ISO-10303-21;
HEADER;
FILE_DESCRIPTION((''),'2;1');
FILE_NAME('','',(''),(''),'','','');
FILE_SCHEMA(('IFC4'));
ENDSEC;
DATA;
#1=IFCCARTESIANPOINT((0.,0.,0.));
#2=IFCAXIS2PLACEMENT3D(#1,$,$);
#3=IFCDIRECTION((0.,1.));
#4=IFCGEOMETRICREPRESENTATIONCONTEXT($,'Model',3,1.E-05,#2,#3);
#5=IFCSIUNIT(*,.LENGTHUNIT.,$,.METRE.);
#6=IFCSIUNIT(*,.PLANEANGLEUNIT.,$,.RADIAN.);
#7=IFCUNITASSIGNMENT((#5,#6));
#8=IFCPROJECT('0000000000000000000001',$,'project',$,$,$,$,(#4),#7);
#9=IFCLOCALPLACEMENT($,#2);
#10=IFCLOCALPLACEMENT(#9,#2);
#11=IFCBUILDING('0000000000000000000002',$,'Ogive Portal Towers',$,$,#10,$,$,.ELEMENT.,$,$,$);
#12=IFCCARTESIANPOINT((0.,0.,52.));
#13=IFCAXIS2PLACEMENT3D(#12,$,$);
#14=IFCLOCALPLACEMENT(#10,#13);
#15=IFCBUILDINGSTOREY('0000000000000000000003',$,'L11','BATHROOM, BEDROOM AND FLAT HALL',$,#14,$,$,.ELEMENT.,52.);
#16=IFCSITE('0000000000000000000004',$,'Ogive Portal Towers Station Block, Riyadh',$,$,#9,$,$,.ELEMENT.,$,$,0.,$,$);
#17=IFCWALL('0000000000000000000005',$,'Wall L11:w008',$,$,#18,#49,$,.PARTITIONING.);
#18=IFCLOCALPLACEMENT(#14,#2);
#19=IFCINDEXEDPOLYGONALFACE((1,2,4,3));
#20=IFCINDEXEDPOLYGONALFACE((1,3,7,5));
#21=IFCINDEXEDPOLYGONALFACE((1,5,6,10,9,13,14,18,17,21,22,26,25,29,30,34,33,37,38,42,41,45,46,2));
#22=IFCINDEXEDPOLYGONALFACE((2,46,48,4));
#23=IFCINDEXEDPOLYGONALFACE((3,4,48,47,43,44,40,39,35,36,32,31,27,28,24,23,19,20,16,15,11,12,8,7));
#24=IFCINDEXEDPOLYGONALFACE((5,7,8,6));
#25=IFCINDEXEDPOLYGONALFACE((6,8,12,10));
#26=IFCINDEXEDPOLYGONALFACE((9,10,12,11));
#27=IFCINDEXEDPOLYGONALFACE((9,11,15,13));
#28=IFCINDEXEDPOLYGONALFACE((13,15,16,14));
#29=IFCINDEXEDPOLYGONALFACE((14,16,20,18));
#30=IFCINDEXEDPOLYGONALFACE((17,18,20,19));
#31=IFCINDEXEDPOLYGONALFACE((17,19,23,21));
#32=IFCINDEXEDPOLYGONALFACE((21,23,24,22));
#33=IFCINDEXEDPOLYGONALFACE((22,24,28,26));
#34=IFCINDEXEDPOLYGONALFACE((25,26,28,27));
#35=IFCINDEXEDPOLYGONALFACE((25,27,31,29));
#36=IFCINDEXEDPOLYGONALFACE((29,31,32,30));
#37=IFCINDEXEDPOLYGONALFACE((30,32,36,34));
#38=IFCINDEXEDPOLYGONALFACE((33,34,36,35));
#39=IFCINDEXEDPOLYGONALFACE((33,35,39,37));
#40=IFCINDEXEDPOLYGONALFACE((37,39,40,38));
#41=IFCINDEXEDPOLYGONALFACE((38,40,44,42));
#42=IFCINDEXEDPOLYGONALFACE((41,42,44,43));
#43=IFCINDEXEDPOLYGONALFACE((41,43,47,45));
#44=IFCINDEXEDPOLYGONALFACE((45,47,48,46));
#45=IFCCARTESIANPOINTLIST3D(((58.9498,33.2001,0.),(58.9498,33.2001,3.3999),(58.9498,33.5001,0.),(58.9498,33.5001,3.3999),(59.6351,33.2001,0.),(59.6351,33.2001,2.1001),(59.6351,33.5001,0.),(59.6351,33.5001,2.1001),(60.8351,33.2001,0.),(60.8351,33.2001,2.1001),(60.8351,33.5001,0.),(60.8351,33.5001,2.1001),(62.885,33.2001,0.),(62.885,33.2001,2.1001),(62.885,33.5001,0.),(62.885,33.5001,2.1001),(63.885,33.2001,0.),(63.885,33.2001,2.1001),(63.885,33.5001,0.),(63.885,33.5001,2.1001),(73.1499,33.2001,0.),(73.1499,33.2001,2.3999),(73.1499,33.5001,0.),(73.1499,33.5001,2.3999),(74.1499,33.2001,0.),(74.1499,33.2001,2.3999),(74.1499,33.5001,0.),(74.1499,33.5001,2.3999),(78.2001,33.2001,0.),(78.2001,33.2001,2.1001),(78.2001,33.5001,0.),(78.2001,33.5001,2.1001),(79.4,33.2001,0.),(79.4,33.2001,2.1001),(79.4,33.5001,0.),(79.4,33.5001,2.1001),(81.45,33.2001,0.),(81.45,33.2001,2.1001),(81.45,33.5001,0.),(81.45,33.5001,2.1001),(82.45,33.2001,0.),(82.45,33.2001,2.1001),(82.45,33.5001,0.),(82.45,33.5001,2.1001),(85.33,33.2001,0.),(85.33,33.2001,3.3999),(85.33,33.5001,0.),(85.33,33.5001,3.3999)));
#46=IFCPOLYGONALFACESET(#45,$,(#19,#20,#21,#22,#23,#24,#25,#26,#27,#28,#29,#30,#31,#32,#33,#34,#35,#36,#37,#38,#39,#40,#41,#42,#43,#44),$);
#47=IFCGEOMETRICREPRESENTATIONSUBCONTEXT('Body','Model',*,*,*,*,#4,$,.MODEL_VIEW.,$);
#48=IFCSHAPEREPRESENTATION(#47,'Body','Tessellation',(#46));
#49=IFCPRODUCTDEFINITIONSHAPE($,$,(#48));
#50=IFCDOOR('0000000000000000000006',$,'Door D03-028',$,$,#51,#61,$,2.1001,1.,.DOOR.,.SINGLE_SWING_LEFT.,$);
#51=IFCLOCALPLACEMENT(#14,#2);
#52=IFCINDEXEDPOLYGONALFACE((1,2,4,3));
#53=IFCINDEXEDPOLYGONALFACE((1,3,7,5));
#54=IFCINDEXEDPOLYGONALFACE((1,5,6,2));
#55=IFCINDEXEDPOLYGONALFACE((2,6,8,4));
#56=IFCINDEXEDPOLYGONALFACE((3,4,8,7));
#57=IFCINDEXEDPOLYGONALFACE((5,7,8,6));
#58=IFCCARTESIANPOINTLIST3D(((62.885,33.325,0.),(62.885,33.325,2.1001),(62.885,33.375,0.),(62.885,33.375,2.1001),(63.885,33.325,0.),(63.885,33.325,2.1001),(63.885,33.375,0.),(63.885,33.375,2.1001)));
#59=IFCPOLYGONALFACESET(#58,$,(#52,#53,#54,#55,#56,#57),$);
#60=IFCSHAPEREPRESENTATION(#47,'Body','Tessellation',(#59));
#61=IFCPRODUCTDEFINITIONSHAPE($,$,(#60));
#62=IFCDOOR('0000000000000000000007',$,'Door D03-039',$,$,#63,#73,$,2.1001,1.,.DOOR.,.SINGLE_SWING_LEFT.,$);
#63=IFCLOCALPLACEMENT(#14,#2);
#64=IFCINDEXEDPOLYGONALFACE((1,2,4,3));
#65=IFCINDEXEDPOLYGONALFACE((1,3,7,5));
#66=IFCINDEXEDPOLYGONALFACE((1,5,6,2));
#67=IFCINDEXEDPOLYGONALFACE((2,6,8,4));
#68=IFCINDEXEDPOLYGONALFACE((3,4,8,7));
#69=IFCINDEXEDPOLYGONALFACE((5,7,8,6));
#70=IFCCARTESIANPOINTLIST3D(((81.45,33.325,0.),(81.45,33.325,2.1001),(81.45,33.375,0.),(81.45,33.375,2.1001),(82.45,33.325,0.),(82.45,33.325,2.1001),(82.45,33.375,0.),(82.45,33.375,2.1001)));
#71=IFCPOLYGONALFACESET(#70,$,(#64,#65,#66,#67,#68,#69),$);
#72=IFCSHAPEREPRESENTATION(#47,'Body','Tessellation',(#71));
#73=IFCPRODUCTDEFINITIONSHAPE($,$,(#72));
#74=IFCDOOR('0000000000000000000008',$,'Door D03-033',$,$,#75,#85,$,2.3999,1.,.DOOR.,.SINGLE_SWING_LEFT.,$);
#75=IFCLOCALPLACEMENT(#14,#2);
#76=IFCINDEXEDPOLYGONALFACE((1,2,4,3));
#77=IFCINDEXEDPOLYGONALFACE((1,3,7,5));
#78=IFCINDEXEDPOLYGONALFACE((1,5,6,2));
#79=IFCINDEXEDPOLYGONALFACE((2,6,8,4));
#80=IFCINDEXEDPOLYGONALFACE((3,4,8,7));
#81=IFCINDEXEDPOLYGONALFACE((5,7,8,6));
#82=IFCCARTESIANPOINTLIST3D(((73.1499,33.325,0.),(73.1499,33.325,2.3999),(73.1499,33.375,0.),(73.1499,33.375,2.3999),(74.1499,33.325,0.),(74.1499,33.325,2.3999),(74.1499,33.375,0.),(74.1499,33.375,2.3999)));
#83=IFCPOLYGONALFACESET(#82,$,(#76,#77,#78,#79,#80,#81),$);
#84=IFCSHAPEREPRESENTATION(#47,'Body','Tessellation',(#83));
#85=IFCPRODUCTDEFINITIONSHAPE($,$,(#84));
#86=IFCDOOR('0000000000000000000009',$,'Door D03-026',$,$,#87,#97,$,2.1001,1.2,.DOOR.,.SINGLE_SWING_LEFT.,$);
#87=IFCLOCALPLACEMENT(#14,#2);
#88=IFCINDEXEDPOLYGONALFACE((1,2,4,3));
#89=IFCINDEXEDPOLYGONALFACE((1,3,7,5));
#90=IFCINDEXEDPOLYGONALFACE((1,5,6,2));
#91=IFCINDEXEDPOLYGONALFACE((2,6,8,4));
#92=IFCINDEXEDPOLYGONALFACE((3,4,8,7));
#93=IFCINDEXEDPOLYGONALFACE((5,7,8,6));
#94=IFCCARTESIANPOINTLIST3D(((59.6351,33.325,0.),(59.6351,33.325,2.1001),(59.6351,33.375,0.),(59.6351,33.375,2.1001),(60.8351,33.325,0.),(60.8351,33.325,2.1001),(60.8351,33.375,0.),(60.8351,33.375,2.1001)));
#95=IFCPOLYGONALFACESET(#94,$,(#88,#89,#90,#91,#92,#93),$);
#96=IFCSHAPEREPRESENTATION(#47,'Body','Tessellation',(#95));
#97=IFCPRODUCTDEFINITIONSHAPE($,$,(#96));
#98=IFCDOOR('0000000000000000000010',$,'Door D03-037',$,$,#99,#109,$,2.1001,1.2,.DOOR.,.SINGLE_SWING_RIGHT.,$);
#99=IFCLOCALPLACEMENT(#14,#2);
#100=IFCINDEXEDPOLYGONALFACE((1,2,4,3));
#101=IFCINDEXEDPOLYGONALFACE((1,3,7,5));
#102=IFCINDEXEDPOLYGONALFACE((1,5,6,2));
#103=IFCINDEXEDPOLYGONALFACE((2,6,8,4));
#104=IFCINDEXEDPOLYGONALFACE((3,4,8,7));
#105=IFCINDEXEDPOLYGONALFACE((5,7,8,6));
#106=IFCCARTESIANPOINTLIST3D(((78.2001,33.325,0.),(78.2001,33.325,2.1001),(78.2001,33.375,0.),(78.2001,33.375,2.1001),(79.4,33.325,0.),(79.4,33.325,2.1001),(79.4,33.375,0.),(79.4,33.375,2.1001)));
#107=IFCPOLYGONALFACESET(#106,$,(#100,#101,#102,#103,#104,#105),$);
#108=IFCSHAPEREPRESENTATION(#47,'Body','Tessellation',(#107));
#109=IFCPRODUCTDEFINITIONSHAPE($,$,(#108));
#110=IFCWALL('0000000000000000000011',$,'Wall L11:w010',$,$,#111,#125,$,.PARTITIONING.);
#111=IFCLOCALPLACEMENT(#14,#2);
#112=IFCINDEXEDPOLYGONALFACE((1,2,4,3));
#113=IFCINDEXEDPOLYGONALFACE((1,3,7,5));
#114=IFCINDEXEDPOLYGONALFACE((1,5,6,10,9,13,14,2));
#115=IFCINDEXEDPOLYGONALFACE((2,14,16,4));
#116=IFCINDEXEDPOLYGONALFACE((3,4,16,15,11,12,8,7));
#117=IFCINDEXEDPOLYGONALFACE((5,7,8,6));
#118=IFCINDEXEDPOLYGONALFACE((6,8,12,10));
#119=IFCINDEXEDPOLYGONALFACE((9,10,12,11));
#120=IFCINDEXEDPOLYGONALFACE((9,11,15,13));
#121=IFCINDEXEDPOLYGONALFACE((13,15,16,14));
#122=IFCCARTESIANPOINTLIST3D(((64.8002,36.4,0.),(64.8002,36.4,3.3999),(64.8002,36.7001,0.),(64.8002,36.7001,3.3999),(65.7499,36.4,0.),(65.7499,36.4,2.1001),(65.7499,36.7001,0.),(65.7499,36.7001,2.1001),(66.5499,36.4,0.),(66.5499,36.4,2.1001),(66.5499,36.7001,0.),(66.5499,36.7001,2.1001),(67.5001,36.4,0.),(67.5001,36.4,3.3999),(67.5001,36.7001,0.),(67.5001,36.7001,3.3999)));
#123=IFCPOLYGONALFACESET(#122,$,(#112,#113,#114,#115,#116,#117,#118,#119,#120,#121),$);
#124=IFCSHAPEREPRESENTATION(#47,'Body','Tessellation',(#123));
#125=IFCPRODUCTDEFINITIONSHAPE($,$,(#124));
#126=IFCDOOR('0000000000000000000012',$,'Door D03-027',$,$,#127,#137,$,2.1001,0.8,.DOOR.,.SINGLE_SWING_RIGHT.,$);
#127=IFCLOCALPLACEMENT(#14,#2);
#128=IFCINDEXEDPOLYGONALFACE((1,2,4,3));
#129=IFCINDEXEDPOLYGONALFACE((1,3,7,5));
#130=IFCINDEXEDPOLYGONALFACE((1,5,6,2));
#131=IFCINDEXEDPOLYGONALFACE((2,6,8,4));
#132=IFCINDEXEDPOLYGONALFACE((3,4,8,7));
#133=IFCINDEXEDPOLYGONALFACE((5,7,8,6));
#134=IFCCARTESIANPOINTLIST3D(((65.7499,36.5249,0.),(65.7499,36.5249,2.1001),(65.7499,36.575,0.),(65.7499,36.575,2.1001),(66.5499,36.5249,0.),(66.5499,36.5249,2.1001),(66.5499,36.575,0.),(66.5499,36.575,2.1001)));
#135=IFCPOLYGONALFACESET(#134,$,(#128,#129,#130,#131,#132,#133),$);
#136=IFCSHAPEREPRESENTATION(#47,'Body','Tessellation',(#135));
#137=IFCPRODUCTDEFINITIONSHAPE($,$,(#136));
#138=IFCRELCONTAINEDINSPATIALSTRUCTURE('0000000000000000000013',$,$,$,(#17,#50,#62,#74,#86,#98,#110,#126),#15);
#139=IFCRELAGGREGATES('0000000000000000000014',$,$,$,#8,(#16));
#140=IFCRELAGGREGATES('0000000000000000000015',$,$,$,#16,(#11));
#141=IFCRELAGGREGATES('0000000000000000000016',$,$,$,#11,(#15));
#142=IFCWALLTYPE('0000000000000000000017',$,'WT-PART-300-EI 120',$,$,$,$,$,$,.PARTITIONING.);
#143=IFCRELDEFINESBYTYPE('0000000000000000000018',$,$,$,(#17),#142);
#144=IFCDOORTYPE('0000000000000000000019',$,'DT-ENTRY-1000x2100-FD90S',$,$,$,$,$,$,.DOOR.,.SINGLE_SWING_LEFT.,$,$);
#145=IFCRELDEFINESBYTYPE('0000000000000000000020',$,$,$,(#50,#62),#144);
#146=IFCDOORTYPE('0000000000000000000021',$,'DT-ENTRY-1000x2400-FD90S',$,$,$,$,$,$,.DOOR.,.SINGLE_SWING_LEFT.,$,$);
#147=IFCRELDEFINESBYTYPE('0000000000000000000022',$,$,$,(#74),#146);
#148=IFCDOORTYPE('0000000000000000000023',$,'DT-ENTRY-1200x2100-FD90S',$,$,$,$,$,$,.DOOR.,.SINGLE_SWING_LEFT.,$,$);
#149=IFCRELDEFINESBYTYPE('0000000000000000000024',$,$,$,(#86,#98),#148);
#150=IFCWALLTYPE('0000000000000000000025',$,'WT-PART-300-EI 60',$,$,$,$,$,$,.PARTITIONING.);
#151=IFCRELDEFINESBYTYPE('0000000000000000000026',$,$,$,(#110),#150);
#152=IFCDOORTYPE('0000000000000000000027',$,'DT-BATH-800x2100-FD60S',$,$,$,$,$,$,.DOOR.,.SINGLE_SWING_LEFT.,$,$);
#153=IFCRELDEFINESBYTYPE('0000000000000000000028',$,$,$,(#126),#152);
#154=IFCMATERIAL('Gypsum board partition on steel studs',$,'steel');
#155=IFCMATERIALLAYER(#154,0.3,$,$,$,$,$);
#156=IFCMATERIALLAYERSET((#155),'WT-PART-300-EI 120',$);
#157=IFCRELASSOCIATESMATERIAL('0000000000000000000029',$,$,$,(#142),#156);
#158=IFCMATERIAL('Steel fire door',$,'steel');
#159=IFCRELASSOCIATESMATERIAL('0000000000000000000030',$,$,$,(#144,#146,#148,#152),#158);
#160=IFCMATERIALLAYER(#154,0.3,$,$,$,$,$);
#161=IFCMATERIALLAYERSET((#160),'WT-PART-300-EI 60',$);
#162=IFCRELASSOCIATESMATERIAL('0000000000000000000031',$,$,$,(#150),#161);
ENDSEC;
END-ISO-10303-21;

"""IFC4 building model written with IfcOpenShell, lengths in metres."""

from ifc_helpers import new_model, si_unit, direction, frame, frame_2d, origin, place, context, subcontext, project, spatial, rectangle, extrude, material, layer, layer_set, type_object, element, fill, save


model = new_model("IFC4")

# Units and contexts
model_context = context("Model", 3, precision=1e-05, world=origin(), true_north=direction((0.0, 1.0)))
body_context = subcontext(model_context, "Body", "Model", "MODEL_VIEW")
ifc_project = project(units=[si_unit("LENGTHUNIT", "METRE"), si_unit("PLANEANGLEUNIT", "RADIAN")], contexts=[model_context])

# Site, building, storey
site_placement = place(None, origin())
site = spatial("IfcSite", under=ifc_project, at=site_placement, Name="Ogive Portal Towers Station Block, Riyadh", CompositionType="ELEMENT", RefElevation=0.0)
building_placement = place(site_placement, origin())
building = spatial("IfcBuilding", under=site, at=building_placement, Name="Ogive Portal Towers", CompositionType="ELEMENT")
storey_placement = place(building_placement, frame((0.0, 0.0, 52.0)))
storey = spatial("IfcBuildingStorey", under=building, at=storey_placement, Name="L11", Description="BATHROOM, BEDROOM AND FLAT HALL", CompositionType="ELEMENT", Elevation=52.0)

# Wall, openings, doors
ifc_material_1 = material(Name="Gypsum board partition on steel studs", Category="steel")
ifc_layer_1 = layer(ifc_material_1, 0.3)
ifc_layer_set_1 = layer_set([ifc_layer_1], Name="WT-PART-300-EI 120")
wall_type_1 = type_object("IfcWallType", Name="WT-PART-300-EI 120", PredefinedType="PARTITIONING", material=ifc_layer_set_1)
ifc_material_2 = material(Name="Steel fire door", Category="steel")
door_type_1 = type_object("IfcDoorType", Name="DT-ENTRY-1000x2100-FD90S", OperationType="SINGLE_SWING_LEFT", PredefinedType="DOOR", material=ifc_material_2)
door_type_2 = type_object("IfcDoorType", Name="DT-ENTRY-1000x2400-FD90S", OperationType="SINGLE_SWING_LEFT", PredefinedType="DOOR", material=ifc_material_2)
door_type_3 = type_object("IfcDoorType", Name="DT-ENTRY-1200x2100-FD90S", OperationType="SINGLE_SWING_LEFT", PredefinedType="DOOR", material=ifc_material_2)
wall_1_placement = place(storey_placement, frame((58.95, 33.3501, 0.0), z_axis=(0.0, 0.0, 1.0), x_axis=(1.0, 0.0, 0.0)))
wall_1 = element("IfcWall", 1, at=wall_1_placement, inside=storey, type_object=wall_type_1, Name="Wall L11:w008", PredefinedType="PARTITIONING", context=body_context, shape_type="SweptSolid", body=[
    extrude(rectangle(XDim=26.3801, YDim=0.3, at=frame_2d((13.1899, 0.0))), origin(), (0.0, 0.0, 1.0), 3.3999),
])
opening_1_placement = place(wall_1_placement, frame((0.6851, 0.0, 0.0)))
opening_1 = element("IfcOpeningElement", 2, at=opening_1_placement, cuts=wall_1, PredefinedType="OPENING", context=body_context, shape_type="SweptSolid", body=[
    extrude(rectangle(XDim=1.2, YDim=2.1001, at=frame_2d((0.6001, 1.05))), frame((0.0, 0.1602, 0.0), z_axis=(0.0, -1.0, 0.0), x_axis=(1.0, 0.0, 0.0)), (0.0, 0.0, 1.0), 0.3201),
])
opening_2_placement = place(wall_1_placement, frame((3.9351, 0.0, 0.0)))
opening_2 = element("IfcOpeningElement", 3, at=opening_2_placement, cuts=wall_1, PredefinedType="OPENING", context=body_context, shape_type="SweptSolid", body=[
    extrude(rectangle(XDim=1.0, YDim=2.1001, at=frame_2d((0.5, 1.05))), frame((0.0, 0.1602, 0.0), z_axis=(0.0, -1.0, 0.0), x_axis=(1.0, 0.0, 0.0)), (0.0, 0.0, 1.0), 0.3201),
])
opening_3_placement = place(wall_1_placement, frame((14.2, 0.0, 0.0)))
opening_3 = element("IfcOpeningElement", 4, at=opening_3_placement, cuts=wall_1, PredefinedType="OPENING", context=body_context, shape_type="SweptSolid", body=[
    extrude(rectangle(XDim=1.0, YDim=2.3999, at=frame_2d((0.5, 1.2))), frame((0.0, 0.1602, 0.0), z_axis=(0.0, -1.0, 0.0), x_axis=(1.0, 0.0, 0.0)), (0.0, 0.0, 1.0), 0.3201),
])
opening_4_placement = place(wall_1_placement, frame((19.25, 0.0, 0.0)))
opening_4 = element("IfcOpeningElement", 5, at=opening_4_placement, cuts=wall_1, PredefinedType="OPENING", context=body_context, shape_type="SweptSolid", body=[
    extrude(rectangle(XDim=1.2, YDim=2.1001, at=frame_2d((0.6001, 1.05))), frame((0.0, 0.1602, 0.0), z_axis=(0.0, -1.0, 0.0), x_axis=(1.0, 0.0, 0.0)), (0.0, 0.0, 1.0), 0.3201),
])
opening_5_placement = place(wall_1_placement, frame((22.5, 0.0, 0.0)))
opening_5 = element("IfcOpeningElement", 6, at=opening_5_placement, cuts=wall_1, PredefinedType="OPENING", context=body_context, shape_type="SweptSolid", body=[
    extrude(rectangle(XDim=1.0, YDim=2.1001, at=frame_2d((0.5, 1.05))), frame((0.0, 0.1602, 0.0), z_axis=(0.0, -1.0, 0.0), x_axis=(1.0, 0.0, 0.0)), (0.0, 0.0, 1.0), 0.3201),
])
door_1_placement = place(opening_2_placement, origin())
door_1 = element("IfcDoor", 7, at=door_1_placement, inside=storey, type_object=door_type_1, Name="Door D03-028", OperationType="SINGLE_SWING_LEFT", OverallHeight=2.1001, OverallWidth=1.0, PredefinedType="DOOR", context=body_context, shape_type="SweptSolid", body=[
    extrude(rectangle(XDim=1.0, YDim=2.1001, at=frame_2d((0.5, 1.05))), frame((0.0, 0.0249, 0.0), z_axis=(0.0, -1.0, 0.0), x_axis=(1.0, 0.0, 0.0)), (0.0, 0.0, 1.0), 0.05),
])
fill(opening_2, door_1)
door_2_placement = place(opening_5_placement, origin())
door_2 = element("IfcDoor", 8, at=door_2_placement, inside=storey, type_object=door_type_1, Name="Door D03-039", OperationType="SINGLE_SWING_LEFT", OverallHeight=2.1001, OverallWidth=1.0, PredefinedType="DOOR", context=body_context, shape_type="SweptSolid", body=[
    extrude(rectangle(XDim=1.0, YDim=2.1001, at=frame_2d((0.5, 1.05))), frame((0.0, 0.0249, 0.0), z_axis=(0.0, -1.0, 0.0), x_axis=(1.0, 0.0, 0.0)), (0.0, 0.0, 1.0), 0.05),
])
fill(opening_5, door_2)
door_3_placement = place(opening_3_placement, origin())
door_3 = element("IfcDoor", 9, at=door_3_placement, inside=storey, type_object=door_type_2, Name="Door D03-033", OperationType="SINGLE_SWING_LEFT", OverallHeight=2.3999, OverallWidth=1.0, PredefinedType="DOOR", context=body_context, shape_type="SweptSolid", body=[
    extrude(rectangle(XDim=1.0, YDim=2.3999, at=frame_2d((0.5, 1.2))), frame((0.0, 0.0249, 0.0), z_axis=(0.0, -1.0, 0.0), x_axis=(1.0, 0.0, 0.0)), (0.0, 0.0, 1.0), 0.05),
])
fill(opening_3, door_3)
door_4_placement = place(opening_1_placement, origin())
door_4 = element("IfcDoor", 10, at=door_4_placement, inside=storey, type_object=door_type_3, Name="Door D03-026", OperationType="SINGLE_SWING_LEFT", OverallHeight=2.1001, OverallWidth=1.2, PredefinedType="DOOR", context=body_context, shape_type="SweptSolid", body=[
    extrude(rectangle(XDim=1.2, YDim=2.1001, at=frame_2d((0.6001, 1.05))), frame((0.0, 0.0249, 0.0), z_axis=(0.0, -1.0, 0.0), x_axis=(1.0, 0.0, 0.0)), (0.0, 0.0, 1.0), 0.05),
])
fill(opening_1, door_4)
door_5_placement = place(opening_4_placement, origin())
door_5 = element("IfcDoor", 11, at=door_5_placement, inside=storey, type_object=door_type_3, Name="Door D03-037", OperationType="SINGLE_SWING_RIGHT", OverallHeight=2.1001, OverallWidth=1.2, PredefinedType="DOOR", context=body_context, shape_type="SweptSolid", body=[
    extrude(rectangle(XDim=1.2, YDim=2.1001, at=frame_2d((0.6001, 1.05))), frame((0.0, 0.0249, 0.0), z_axis=(0.0, -1.0, 0.0), x_axis=(1.0, 0.0, 0.0)), (0.0, 0.0, 1.0), 0.05),
])
fill(opening_4, door_5)

# Wall, opening, door
ifc_layer_2 = layer(ifc_material_1, 0.3)
ifc_layer_set_2 = layer_set([ifc_layer_2], Name="WT-PART-300-EI 60")
wall_type_2 = type_object("IfcWallType", Name="WT-PART-300-EI 60", PredefinedType="PARTITIONING", material=ifc_layer_set_2)
wall_2_placement = place(storey_placement, frame((64.8, 36.55, 0.0), z_axis=(0.0, 0.0, 1.0), x_axis=(1.0, 0.0, 0.0)))
wall_2 = element("IfcWall", 12, at=wall_2_placement, inside=storey, type_object=wall_type_2, Name="Wall L11:w010", PredefinedType="PARTITIONING", context=body_context, shape_type="SweptSolid", body=[
    extrude(rectangle(XDim=2.7, YDim=0.3, at=frame_2d((1.3501, 0.0))), origin(), (0.0, 0.0, 1.0), 3.3999),
])
opening_6_placement = place(wall_2_placement, frame((0.95, 0.0, 0.0)))
opening_6 = element("IfcOpeningElement", 13, at=opening_6_placement, cuts=wall_2, PredefinedType="OPENING", context=body_context, shape_type="SweptSolid", body=[
    extrude(rectangle(XDim=0.8, YDim=2.1001, at=frame_2d((0.3999, 1.05))), frame((0.0, 0.1602, 0.0), z_axis=(0.0, -1.0, 0.0), x_axis=(1.0, 0.0, 0.0)), (0.0, 0.0, 1.0), 0.3201),
])
door_type_4 = type_object("IfcDoorType", Name="DT-BATH-800x2100-FD60S", OperationType="SINGLE_SWING_LEFT", PredefinedType="DOOR", material=ifc_material_2)
door_6_placement = place(opening_6_placement, origin())
door_6 = element("IfcDoor", 14, at=door_6_placement, inside=storey, type_object=door_type_4, Name="Door D03-027", OperationType="SINGLE_SWING_RIGHT", OverallHeight=2.1001, OverallWidth=0.8, PredefinedType="DOOR", context=body_context, shape_type="SweptSolid", body=[
    extrude(rectangle(XDim=0.8, YDim=2.1001, at=frame_2d((0.3999, 1.05))), frame((0.0, 0.0249, 0.0), z_axis=(0.0, -1.0, 0.0), x_axis=(1.0, 0.0, 0.0)), (0.0, 0.0, 1.0), 0.05),
])
fill(opening_6, door_6)

save(model, "model.ifc")
